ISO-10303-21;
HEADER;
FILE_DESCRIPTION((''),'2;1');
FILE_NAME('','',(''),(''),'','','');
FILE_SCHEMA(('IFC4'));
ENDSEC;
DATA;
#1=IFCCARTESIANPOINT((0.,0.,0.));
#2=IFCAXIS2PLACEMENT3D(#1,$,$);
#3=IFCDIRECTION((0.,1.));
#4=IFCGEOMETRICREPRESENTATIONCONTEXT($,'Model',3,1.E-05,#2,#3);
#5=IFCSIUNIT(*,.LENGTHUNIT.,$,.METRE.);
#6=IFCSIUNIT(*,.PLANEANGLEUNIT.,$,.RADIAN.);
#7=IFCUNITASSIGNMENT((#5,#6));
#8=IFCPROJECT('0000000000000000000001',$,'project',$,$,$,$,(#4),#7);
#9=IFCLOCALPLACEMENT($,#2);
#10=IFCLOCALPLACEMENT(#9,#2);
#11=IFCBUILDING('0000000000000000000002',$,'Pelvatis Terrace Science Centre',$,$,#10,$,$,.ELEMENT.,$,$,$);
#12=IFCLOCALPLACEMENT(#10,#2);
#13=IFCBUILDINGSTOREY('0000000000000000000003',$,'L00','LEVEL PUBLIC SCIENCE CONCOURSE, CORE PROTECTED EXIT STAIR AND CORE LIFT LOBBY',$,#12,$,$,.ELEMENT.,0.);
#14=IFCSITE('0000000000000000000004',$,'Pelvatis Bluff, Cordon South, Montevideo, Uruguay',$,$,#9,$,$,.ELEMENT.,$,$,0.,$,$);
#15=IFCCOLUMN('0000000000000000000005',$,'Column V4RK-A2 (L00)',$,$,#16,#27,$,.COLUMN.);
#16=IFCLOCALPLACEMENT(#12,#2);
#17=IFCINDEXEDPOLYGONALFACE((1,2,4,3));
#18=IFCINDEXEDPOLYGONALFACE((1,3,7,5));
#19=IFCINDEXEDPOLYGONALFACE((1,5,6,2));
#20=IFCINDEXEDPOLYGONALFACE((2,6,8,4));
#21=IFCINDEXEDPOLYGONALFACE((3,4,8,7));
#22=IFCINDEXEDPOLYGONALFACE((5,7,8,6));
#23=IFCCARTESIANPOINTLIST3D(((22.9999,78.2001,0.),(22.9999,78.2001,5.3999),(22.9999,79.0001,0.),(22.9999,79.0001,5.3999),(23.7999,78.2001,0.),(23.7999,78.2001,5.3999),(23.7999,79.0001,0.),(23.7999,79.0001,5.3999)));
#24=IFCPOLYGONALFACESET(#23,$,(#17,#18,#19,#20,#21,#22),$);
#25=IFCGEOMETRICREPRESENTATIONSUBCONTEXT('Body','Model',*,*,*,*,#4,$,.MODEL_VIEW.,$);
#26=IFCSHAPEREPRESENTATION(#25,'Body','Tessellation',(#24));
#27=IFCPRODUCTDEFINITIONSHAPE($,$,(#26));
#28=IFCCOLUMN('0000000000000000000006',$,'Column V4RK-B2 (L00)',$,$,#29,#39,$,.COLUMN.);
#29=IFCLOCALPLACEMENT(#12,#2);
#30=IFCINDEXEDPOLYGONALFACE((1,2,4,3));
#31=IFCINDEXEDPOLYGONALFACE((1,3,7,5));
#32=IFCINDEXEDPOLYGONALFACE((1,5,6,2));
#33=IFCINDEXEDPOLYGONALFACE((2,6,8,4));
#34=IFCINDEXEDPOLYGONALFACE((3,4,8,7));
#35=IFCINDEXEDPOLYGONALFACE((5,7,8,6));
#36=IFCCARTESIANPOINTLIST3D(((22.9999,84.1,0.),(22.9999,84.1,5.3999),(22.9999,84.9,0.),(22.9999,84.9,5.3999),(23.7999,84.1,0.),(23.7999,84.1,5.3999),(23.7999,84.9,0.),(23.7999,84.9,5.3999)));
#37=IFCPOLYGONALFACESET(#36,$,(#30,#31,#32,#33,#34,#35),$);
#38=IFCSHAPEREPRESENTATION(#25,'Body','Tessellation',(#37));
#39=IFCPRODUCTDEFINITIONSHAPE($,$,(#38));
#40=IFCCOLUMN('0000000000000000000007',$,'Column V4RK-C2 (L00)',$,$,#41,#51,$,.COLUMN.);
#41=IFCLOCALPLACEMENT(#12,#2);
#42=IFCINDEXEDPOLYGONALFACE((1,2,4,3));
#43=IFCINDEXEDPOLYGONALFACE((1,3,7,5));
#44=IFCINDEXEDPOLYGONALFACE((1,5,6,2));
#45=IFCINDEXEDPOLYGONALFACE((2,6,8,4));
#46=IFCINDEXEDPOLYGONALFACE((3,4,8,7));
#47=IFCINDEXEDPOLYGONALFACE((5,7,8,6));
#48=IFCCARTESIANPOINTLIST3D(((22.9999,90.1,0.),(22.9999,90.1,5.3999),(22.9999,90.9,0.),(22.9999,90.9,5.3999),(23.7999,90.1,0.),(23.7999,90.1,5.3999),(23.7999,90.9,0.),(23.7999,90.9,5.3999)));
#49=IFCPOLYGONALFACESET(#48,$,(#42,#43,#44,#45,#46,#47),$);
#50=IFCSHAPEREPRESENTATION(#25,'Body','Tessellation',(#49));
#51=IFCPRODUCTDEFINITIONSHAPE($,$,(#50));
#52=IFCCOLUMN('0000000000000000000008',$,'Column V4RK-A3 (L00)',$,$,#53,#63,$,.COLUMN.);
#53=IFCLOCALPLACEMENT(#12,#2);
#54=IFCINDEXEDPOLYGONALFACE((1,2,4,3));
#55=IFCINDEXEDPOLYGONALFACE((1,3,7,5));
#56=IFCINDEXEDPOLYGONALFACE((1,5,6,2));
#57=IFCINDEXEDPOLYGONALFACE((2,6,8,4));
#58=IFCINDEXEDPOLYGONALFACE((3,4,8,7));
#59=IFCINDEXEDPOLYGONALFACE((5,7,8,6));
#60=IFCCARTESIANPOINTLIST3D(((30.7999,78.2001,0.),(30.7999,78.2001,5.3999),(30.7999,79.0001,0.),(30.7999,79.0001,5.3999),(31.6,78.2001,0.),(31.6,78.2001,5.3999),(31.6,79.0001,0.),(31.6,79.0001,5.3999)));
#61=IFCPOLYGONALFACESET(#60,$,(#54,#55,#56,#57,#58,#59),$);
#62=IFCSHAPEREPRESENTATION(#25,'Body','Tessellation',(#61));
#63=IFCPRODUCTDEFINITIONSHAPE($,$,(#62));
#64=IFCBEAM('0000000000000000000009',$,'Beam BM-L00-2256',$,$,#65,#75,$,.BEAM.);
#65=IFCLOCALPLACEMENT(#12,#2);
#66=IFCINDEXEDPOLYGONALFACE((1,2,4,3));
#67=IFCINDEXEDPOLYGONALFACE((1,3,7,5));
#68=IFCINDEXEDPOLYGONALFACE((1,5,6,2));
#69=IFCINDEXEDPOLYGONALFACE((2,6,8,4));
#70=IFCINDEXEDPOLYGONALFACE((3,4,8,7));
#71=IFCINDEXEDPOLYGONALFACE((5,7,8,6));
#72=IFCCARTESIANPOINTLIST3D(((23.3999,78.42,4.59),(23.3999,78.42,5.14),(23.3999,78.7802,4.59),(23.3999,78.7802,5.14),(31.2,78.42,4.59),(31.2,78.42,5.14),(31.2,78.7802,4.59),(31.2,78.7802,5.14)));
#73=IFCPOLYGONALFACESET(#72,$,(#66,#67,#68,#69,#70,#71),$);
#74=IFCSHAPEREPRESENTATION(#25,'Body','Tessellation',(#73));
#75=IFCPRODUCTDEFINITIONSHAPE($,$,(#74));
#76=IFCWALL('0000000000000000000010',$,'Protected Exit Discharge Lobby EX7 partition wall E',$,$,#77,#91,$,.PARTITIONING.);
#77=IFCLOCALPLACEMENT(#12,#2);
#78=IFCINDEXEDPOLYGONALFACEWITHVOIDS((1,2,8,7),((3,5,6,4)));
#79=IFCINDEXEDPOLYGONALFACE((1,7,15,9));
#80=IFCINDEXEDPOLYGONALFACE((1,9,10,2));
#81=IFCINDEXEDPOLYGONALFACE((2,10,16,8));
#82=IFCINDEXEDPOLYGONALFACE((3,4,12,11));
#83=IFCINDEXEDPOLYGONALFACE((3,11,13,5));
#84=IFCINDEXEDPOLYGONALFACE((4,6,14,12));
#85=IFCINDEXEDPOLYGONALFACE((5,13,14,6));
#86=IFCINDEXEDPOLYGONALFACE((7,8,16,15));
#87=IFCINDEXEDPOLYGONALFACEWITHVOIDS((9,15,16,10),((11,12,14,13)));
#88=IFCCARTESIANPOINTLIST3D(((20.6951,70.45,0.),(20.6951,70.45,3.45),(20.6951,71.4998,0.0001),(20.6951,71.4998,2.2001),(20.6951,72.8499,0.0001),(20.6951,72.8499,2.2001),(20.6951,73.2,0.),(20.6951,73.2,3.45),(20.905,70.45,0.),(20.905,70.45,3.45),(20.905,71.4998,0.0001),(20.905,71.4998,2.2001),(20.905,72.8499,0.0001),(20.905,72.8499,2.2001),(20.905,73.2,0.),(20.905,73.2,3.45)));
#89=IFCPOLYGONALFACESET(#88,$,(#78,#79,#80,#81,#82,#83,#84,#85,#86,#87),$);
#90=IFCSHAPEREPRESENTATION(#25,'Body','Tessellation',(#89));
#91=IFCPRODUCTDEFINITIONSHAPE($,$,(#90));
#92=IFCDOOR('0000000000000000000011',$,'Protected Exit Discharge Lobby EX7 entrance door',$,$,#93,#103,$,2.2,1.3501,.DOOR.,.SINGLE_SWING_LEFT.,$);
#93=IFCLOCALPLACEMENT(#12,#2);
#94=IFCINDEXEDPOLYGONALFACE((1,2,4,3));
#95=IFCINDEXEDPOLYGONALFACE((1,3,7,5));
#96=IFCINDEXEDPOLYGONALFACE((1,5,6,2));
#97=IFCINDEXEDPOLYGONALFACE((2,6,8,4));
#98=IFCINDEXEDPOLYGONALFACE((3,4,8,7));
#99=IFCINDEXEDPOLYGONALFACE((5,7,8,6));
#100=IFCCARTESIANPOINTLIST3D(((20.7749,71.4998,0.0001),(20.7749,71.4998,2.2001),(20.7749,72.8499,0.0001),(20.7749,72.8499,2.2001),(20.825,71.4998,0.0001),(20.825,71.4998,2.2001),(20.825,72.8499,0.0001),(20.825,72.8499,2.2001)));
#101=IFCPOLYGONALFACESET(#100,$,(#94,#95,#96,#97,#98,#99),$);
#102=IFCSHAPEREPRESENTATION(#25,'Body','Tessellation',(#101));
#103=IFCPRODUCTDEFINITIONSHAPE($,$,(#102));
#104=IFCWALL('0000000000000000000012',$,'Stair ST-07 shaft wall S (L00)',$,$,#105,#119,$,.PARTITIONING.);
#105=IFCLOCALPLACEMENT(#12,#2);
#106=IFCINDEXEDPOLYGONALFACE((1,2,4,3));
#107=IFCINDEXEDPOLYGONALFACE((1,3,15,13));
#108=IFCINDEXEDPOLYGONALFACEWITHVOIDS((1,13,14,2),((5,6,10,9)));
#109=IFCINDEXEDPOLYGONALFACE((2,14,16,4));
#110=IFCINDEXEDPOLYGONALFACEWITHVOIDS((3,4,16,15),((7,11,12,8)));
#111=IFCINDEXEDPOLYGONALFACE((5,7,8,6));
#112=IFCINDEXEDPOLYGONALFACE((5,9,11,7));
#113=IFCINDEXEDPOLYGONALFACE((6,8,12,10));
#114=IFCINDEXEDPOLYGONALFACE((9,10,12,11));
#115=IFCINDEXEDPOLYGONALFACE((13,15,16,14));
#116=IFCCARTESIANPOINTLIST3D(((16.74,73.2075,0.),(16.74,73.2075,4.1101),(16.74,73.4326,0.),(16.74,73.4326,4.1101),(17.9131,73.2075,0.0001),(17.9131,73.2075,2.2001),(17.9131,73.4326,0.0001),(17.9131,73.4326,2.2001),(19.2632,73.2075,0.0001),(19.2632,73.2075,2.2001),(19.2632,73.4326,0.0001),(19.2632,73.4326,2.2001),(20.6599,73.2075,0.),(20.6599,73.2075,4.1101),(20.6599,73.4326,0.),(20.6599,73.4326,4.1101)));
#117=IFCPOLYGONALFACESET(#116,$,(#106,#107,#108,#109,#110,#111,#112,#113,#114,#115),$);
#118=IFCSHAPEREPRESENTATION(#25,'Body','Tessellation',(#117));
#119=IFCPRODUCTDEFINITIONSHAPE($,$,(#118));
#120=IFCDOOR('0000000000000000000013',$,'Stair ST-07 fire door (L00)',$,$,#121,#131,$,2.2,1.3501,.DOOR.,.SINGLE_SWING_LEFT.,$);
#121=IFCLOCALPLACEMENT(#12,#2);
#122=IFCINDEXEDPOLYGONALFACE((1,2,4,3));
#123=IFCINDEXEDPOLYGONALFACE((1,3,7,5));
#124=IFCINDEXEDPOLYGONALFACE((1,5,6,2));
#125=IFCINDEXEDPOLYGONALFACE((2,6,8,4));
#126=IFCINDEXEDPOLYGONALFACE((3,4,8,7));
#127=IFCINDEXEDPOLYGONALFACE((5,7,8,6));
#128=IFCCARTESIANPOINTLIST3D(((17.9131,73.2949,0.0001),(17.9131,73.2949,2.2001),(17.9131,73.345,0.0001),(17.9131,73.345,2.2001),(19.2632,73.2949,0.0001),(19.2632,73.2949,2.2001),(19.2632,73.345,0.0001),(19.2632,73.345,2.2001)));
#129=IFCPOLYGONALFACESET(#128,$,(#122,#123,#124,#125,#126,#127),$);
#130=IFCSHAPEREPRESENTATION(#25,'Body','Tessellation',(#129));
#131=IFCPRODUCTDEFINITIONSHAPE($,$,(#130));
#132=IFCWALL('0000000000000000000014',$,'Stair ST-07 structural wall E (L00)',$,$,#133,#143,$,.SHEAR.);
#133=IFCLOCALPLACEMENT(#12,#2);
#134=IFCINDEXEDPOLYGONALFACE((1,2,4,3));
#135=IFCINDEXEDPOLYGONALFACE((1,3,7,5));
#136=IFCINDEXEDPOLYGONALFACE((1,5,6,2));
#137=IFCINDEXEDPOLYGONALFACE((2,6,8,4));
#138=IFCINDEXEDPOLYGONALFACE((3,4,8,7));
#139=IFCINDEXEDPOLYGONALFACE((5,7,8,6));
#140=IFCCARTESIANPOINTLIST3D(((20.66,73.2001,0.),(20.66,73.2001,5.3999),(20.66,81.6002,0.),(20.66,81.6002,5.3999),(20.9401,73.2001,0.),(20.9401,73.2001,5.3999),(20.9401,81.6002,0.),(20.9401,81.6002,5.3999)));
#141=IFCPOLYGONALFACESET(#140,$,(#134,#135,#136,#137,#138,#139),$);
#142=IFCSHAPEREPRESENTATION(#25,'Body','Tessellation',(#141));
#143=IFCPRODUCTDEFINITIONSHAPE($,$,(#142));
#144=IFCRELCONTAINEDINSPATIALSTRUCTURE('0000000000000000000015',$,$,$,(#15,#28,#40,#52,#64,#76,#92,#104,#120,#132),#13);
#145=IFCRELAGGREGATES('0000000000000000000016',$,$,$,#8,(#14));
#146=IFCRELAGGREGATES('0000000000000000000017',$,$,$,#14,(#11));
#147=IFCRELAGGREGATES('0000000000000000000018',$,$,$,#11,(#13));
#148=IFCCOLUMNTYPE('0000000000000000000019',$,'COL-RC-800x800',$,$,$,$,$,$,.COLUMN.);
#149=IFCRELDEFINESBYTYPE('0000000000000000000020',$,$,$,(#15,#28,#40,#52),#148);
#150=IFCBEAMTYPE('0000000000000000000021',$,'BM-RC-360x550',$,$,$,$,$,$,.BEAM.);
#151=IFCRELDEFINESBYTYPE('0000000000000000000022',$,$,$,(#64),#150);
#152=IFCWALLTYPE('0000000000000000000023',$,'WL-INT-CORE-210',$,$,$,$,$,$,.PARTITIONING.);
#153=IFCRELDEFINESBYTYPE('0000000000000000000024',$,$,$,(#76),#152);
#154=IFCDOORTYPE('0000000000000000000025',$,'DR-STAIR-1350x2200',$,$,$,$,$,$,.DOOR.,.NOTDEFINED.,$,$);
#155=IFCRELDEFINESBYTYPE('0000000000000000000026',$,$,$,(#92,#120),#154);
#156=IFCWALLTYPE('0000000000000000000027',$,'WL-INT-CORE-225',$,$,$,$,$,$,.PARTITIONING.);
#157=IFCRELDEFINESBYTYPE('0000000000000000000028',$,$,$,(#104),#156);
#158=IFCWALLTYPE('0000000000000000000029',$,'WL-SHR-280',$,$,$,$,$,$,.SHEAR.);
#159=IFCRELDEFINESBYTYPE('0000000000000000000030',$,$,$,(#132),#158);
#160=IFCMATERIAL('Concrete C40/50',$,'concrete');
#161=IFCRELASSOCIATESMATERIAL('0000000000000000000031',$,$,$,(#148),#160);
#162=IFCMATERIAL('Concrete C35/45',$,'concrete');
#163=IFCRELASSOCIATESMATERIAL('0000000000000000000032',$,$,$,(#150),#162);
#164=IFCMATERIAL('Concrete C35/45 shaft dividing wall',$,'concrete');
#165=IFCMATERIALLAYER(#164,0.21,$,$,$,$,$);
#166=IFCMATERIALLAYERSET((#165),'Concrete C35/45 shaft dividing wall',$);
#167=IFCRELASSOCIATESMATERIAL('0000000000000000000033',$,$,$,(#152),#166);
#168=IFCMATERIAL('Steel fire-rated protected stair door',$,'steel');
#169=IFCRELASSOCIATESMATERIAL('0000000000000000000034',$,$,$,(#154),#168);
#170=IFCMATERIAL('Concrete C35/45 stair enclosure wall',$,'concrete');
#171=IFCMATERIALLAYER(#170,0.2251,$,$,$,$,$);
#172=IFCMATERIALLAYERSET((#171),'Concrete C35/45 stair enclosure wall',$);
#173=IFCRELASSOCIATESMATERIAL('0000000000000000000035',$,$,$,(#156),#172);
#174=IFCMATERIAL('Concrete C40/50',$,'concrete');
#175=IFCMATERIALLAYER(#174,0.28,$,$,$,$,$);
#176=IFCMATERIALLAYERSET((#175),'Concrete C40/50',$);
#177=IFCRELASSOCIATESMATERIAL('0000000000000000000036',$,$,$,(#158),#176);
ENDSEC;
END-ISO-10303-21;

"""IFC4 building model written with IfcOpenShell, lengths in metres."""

from ifc_helpers import new_model, si_unit, direction, frame, frame_2d, origin, origin_2d, place, context, subcontext, project, spatial, rectangle, extrude, material, layer, layer_set, material_profile, profile_set, type_object, element, fill, save


model = new_model("IFC4")

# Units and contexts
model_context = context("Model", 3, precision=1e-05, world=origin(), true_north=direction((0.0, 1.0)))
body_context = subcontext(model_context, "Body", "Model", "MODEL_VIEW")
ifc_project = project(units=[si_unit("LENGTHUNIT", "METRE"), si_unit("PLANEANGLEUNIT", "RADIAN")], contexts=[model_context])

# Site, building, storey
site_placement = place(None, origin())
site = spatial("IfcSite", under=ifc_project, at=site_placement, Name="Pelvatis Bluff, Cordon South, Montevideo, Uruguay", CompositionType="ELEMENT", RefElevation=0.0)
building_placement = place(site_placement, origin())
building = spatial("IfcBuilding", under=site, at=building_placement, Name="Pelvatis Terrace Science Centre", CompositionType="ELEMENT")
storey_placement = place(building_placement, origin())
storey = spatial("IfcBuildingStorey", under=building, at=storey_placement, Name="L00", Description="LEVEL PUBLIC SCIENCE CONCOURSE, CORE PROTECTED EXIT STAIR AND CORE LIFT LOBBY", CompositionType="ELEMENT", Elevation=0.0)

# Columns
ifc_material_1 = material(Name="Concrete C40/50", Category="concrete")
ifc_material_profile_1 = material_profile(ifc_material_1, rectangle(XDim=0.8, YDim=0.8, at=origin_2d()), Name="RC-COL 800x800")
ifc_profile_set_1 = profile_set([ifc_material_profile_1], Name="Concrete C40/50")
column_type = type_object("IfcColumnType", Name="COL-RC-800x800", PredefinedType="COLUMN", material=ifc_profile_set_1)
for number, where, z_axis, x_axis, name in (
    (1, (23.3999, 78.6001, 0.0), (0.0, 0.0, 1.0), (1.0, 0.0, 0.0), "Column V4RK-A2 (L00)"),
    (2, (23.3999, 84.5, 0.0), (0.0, 0.0, 1.0), (1.0, 0.0, 0.0), "Column V4RK-B2 (L00)"),
    (3, (23.3999, 90.5, 0.0), (0.0, 0.0, 1.0), (1.0, 0.0, 0.0), "Column V4RK-C2 (L00)"),
    (4, (31.2, 78.6001, 0.0), (0.0, 0.0, 1.0), (1.0, 0.0, 0.0), "Column V4RK-A3 (L00)"),
):
    element("IfcColumn", number, at=place(storey_placement, frame(where, z_axis=z_axis, x_axis=x_axis)), inside=storey, type_object=column_type, Name=name, PredefinedType="COLUMN", context=body_context, shape_type="SweptSolid", body=[
        extrude(rectangle(XDim=0.8, YDim=0.8, at=origin_2d()), origin(), (0.0, 0.0, 1.0), 5.3999),
    ])

# Beam
ifc_material_2 = material(Name="Concrete C35/45", Category="concrete")
ifc_material_profile_2 = material_profile(ifc_material_2, rectangle(XDim=0.3601, YDim=0.55, at=origin_2d()), Name="RC-BM 360x550")
ifc_profile_set_2 = profile_set([ifc_material_profile_2], Name="Concrete C35/45")
beam_type = type_object("IfcBeamType", Name="BM-RC-360x550", PredefinedType="BEAM", material=ifc_profile_set_2)
beam_placement = place(storey_placement, frame((23.3999, 78.6001, 4.865), z_axis=(1.0, 0.0, 0.0), x_axis=(0.0, 1.0, 0.0)))
element("IfcBeam", 5, at=beam_placement, inside=storey, type_object=beam_type, Name="Beam BM-L00-2256", PredefinedType="BEAM", context=body_context, shape_type="SweptSolid", body=[
    extrude(rectangle(XDim=0.3601, YDim=0.55, at=origin_2d()), origin(), (0.0, 0.0, 1.0), 7.8),
])

# Walls, openings, doors
ifc_material_3 = material(Name="Concrete C35/45 shaft dividing wall", Category="concrete")
ifc_layer_1 = layer(ifc_material_3, 0.21)
ifc_layer_set_1 = layer_set([ifc_layer_1], Name="Concrete C35/45 shaft dividing wall")
wall_type_1 = type_object("IfcWallType", Name="WL-INT-CORE-210", PredefinedType="PARTITIONING", material=ifc_layer_set_1)
wall_1_placement = place(storey_placement, frame((20.8, 73.2, 0.0), z_axis=(0.0, 0.0, 1.0), x_axis=(0.0, -1.0, 0.0)))
wall_1 = element("IfcWall", 6, at=wall_1_placement, inside=storey, type_object=wall_type_1, Name="Protected Exit Discharge Lobby EX7 partition wall E", PredefinedType="PARTITIONING", context=body_context, shape_type="SweptSolid", body=[
    extrude(rectangle(XDim=2.75, YDim=0.21, at=frame_2d((1.375, 0.0))), origin(), (0.0, 0.0, 1.0), 3.45),
])
opening_1_placement = place(wall_1_placement, frame((0.3501, 0.0, 0.0)))
opening_1 = element("IfcOpeningElement", 7, at=opening_1_placement, cuts=wall_1, PredefinedType="OPENING", context=body_context, shape_type="SweptSolid", body=[
    extrude(rectangle(XDim=1.3501, YDim=2.2, at=frame_2d((0.675, 1.1001))), frame((0.0, 0.115, 0.0), z_axis=(0.0, -1.0, 0.0), x_axis=(1.0, 0.0, 0.0)), (0.0, 0.0, 1.0), 0.23),
])
ifc_material_4 = material(Name="Steel fire-rated protected stair door", Category="steel")
door_type = type_object("IfcDoorType", Name="DR-STAIR-1350x2200", OperationType="NOTDEFINED", PredefinedType="DOOR", material=ifc_material_4)
door_1_placement = place(opening_1_placement, origin())
door_1 = element("IfcDoor", 8, at=door_1_placement, inside=storey, type_object=door_type, Name="Protected Exit Discharge Lobby EX7 entrance door", OperationType="SINGLE_SWING_LEFT", OverallHeight=2.2, OverallWidth=1.3501, PredefinedType="DOOR", context=body_context, shape_type="SweptSolid", body=[
    extrude(rectangle(XDim=1.3501, YDim=2.2, at=frame_2d((0.675, 1.1001))), frame((0.0, 0.0249, 0.0), z_axis=(0.0, -1.0, 0.0), x_axis=(1.0, 0.0, 0.0)), (0.0, 0.0, 1.0), 0.05),
])
fill(opening_1, door_1)
ifc_material_5 = material(Name="Concrete C35/45 stair enclosure wall", Category="concrete")
ifc_layer_2 = layer(ifc_material_5, 0.2251)
ifc_layer_set_2 = layer_set([ifc_layer_2], Name="Concrete C35/45 stair enclosure wall")
wall_type_2 = type_object("IfcWallType", Name="WL-INT-CORE-225", PredefinedType="PARTITIONING", material=ifc_layer_set_2)
wall_2_placement = place(storey_placement, frame((16.74, 73.3201, 0.0), z_axis=(0.0, 0.0, 1.0), x_axis=(1.0, 0.0, 0.0)))
wall_2 = element("IfcWall", 9, at=wall_2_placement, inside=storey, type_object=wall_type_2, Name="Stair ST-07 shaft wall S (L00)", PredefinedType="PARTITIONING", context=body_context, shape_type="SweptSolid", body=[
    extrude(rectangle(XDim=3.9199, YDim=0.2251, at=frame_2d((1.96, 0.0))), origin(), (0.0, 0.0, 1.0), 4.1101),
])
opening_2_placement = place(wall_2_placement, frame((1.1731, 0.0, 0.0)))
opening_2 = element("IfcOpeningElement", 10, at=opening_2_placement, cuts=wall_2, PredefinedType="OPENING", context=body_context, shape_type="SweptSolid", body=[
    extrude(rectangle(XDim=1.3501, YDim=2.2, at=frame_2d((0.675, 1.1001))), frame((0.0, 0.1226, 0.0), z_axis=(0.0, -1.0, 0.0), x_axis=(1.0, 0.0, 0.0)), (0.0, 0.0, 1.0), 0.2451),
])
door_2_placement = place(opening_2_placement, origin())
door_2 = element("IfcDoor", 11, at=door_2_placement, inside=storey, type_object=door_type, Name="Stair ST-07 fire door (L00)", OperationType="SINGLE_SWING_LEFT", OverallHeight=2.2, OverallWidth=1.3501, PredefinedType="DOOR", context=body_context, shape_type="SweptSolid", body=[
    extrude(rectangle(XDim=1.3501, YDim=2.2, at=frame_2d((0.675, 1.1001))), frame((0.0, 0.0249, 0.0), z_axis=(0.0, -1.0, 0.0), x_axis=(1.0, 0.0, 0.0)), (0.0, 0.0, 1.0), 0.05),
])
fill(opening_2, door_2)

# Wall
ifc_material_6 = material(Name="Concrete C40/50", Category="concrete")
ifc_layer_3 = layer(ifc_material_6, 0.28)
ifc_layer_set_3 = layer_set([ifc_layer_3], Name="Concrete C40/50")
wall_type_3 = type_object("IfcWallType", Name="WL-SHR-280", PredefinedType="SHEAR", material=ifc_layer_set_3)
wall_3_placement = place(storey_placement, frame((20.8, 73.2, 0.0), z_axis=(0.0, 0.0, 1.0), x_axis=(0.0, 1.0, 0.0)))
element("IfcWall", 12, at=wall_3_placement, inside=storey, type_object=wall_type_3, Name="Stair ST-07 structural wall E (L00)", PredefinedType="SHEAR", context=body_context, shape_type="SweptSolid", body=[
    extrude(rectangle(XDim=8.4001, YDim=0.28, at=frame_2d((4.2002, 0.0))), origin(), (0.0, 0.0, 1.0), 5.3999),
])

save(model, "model.ifc")
